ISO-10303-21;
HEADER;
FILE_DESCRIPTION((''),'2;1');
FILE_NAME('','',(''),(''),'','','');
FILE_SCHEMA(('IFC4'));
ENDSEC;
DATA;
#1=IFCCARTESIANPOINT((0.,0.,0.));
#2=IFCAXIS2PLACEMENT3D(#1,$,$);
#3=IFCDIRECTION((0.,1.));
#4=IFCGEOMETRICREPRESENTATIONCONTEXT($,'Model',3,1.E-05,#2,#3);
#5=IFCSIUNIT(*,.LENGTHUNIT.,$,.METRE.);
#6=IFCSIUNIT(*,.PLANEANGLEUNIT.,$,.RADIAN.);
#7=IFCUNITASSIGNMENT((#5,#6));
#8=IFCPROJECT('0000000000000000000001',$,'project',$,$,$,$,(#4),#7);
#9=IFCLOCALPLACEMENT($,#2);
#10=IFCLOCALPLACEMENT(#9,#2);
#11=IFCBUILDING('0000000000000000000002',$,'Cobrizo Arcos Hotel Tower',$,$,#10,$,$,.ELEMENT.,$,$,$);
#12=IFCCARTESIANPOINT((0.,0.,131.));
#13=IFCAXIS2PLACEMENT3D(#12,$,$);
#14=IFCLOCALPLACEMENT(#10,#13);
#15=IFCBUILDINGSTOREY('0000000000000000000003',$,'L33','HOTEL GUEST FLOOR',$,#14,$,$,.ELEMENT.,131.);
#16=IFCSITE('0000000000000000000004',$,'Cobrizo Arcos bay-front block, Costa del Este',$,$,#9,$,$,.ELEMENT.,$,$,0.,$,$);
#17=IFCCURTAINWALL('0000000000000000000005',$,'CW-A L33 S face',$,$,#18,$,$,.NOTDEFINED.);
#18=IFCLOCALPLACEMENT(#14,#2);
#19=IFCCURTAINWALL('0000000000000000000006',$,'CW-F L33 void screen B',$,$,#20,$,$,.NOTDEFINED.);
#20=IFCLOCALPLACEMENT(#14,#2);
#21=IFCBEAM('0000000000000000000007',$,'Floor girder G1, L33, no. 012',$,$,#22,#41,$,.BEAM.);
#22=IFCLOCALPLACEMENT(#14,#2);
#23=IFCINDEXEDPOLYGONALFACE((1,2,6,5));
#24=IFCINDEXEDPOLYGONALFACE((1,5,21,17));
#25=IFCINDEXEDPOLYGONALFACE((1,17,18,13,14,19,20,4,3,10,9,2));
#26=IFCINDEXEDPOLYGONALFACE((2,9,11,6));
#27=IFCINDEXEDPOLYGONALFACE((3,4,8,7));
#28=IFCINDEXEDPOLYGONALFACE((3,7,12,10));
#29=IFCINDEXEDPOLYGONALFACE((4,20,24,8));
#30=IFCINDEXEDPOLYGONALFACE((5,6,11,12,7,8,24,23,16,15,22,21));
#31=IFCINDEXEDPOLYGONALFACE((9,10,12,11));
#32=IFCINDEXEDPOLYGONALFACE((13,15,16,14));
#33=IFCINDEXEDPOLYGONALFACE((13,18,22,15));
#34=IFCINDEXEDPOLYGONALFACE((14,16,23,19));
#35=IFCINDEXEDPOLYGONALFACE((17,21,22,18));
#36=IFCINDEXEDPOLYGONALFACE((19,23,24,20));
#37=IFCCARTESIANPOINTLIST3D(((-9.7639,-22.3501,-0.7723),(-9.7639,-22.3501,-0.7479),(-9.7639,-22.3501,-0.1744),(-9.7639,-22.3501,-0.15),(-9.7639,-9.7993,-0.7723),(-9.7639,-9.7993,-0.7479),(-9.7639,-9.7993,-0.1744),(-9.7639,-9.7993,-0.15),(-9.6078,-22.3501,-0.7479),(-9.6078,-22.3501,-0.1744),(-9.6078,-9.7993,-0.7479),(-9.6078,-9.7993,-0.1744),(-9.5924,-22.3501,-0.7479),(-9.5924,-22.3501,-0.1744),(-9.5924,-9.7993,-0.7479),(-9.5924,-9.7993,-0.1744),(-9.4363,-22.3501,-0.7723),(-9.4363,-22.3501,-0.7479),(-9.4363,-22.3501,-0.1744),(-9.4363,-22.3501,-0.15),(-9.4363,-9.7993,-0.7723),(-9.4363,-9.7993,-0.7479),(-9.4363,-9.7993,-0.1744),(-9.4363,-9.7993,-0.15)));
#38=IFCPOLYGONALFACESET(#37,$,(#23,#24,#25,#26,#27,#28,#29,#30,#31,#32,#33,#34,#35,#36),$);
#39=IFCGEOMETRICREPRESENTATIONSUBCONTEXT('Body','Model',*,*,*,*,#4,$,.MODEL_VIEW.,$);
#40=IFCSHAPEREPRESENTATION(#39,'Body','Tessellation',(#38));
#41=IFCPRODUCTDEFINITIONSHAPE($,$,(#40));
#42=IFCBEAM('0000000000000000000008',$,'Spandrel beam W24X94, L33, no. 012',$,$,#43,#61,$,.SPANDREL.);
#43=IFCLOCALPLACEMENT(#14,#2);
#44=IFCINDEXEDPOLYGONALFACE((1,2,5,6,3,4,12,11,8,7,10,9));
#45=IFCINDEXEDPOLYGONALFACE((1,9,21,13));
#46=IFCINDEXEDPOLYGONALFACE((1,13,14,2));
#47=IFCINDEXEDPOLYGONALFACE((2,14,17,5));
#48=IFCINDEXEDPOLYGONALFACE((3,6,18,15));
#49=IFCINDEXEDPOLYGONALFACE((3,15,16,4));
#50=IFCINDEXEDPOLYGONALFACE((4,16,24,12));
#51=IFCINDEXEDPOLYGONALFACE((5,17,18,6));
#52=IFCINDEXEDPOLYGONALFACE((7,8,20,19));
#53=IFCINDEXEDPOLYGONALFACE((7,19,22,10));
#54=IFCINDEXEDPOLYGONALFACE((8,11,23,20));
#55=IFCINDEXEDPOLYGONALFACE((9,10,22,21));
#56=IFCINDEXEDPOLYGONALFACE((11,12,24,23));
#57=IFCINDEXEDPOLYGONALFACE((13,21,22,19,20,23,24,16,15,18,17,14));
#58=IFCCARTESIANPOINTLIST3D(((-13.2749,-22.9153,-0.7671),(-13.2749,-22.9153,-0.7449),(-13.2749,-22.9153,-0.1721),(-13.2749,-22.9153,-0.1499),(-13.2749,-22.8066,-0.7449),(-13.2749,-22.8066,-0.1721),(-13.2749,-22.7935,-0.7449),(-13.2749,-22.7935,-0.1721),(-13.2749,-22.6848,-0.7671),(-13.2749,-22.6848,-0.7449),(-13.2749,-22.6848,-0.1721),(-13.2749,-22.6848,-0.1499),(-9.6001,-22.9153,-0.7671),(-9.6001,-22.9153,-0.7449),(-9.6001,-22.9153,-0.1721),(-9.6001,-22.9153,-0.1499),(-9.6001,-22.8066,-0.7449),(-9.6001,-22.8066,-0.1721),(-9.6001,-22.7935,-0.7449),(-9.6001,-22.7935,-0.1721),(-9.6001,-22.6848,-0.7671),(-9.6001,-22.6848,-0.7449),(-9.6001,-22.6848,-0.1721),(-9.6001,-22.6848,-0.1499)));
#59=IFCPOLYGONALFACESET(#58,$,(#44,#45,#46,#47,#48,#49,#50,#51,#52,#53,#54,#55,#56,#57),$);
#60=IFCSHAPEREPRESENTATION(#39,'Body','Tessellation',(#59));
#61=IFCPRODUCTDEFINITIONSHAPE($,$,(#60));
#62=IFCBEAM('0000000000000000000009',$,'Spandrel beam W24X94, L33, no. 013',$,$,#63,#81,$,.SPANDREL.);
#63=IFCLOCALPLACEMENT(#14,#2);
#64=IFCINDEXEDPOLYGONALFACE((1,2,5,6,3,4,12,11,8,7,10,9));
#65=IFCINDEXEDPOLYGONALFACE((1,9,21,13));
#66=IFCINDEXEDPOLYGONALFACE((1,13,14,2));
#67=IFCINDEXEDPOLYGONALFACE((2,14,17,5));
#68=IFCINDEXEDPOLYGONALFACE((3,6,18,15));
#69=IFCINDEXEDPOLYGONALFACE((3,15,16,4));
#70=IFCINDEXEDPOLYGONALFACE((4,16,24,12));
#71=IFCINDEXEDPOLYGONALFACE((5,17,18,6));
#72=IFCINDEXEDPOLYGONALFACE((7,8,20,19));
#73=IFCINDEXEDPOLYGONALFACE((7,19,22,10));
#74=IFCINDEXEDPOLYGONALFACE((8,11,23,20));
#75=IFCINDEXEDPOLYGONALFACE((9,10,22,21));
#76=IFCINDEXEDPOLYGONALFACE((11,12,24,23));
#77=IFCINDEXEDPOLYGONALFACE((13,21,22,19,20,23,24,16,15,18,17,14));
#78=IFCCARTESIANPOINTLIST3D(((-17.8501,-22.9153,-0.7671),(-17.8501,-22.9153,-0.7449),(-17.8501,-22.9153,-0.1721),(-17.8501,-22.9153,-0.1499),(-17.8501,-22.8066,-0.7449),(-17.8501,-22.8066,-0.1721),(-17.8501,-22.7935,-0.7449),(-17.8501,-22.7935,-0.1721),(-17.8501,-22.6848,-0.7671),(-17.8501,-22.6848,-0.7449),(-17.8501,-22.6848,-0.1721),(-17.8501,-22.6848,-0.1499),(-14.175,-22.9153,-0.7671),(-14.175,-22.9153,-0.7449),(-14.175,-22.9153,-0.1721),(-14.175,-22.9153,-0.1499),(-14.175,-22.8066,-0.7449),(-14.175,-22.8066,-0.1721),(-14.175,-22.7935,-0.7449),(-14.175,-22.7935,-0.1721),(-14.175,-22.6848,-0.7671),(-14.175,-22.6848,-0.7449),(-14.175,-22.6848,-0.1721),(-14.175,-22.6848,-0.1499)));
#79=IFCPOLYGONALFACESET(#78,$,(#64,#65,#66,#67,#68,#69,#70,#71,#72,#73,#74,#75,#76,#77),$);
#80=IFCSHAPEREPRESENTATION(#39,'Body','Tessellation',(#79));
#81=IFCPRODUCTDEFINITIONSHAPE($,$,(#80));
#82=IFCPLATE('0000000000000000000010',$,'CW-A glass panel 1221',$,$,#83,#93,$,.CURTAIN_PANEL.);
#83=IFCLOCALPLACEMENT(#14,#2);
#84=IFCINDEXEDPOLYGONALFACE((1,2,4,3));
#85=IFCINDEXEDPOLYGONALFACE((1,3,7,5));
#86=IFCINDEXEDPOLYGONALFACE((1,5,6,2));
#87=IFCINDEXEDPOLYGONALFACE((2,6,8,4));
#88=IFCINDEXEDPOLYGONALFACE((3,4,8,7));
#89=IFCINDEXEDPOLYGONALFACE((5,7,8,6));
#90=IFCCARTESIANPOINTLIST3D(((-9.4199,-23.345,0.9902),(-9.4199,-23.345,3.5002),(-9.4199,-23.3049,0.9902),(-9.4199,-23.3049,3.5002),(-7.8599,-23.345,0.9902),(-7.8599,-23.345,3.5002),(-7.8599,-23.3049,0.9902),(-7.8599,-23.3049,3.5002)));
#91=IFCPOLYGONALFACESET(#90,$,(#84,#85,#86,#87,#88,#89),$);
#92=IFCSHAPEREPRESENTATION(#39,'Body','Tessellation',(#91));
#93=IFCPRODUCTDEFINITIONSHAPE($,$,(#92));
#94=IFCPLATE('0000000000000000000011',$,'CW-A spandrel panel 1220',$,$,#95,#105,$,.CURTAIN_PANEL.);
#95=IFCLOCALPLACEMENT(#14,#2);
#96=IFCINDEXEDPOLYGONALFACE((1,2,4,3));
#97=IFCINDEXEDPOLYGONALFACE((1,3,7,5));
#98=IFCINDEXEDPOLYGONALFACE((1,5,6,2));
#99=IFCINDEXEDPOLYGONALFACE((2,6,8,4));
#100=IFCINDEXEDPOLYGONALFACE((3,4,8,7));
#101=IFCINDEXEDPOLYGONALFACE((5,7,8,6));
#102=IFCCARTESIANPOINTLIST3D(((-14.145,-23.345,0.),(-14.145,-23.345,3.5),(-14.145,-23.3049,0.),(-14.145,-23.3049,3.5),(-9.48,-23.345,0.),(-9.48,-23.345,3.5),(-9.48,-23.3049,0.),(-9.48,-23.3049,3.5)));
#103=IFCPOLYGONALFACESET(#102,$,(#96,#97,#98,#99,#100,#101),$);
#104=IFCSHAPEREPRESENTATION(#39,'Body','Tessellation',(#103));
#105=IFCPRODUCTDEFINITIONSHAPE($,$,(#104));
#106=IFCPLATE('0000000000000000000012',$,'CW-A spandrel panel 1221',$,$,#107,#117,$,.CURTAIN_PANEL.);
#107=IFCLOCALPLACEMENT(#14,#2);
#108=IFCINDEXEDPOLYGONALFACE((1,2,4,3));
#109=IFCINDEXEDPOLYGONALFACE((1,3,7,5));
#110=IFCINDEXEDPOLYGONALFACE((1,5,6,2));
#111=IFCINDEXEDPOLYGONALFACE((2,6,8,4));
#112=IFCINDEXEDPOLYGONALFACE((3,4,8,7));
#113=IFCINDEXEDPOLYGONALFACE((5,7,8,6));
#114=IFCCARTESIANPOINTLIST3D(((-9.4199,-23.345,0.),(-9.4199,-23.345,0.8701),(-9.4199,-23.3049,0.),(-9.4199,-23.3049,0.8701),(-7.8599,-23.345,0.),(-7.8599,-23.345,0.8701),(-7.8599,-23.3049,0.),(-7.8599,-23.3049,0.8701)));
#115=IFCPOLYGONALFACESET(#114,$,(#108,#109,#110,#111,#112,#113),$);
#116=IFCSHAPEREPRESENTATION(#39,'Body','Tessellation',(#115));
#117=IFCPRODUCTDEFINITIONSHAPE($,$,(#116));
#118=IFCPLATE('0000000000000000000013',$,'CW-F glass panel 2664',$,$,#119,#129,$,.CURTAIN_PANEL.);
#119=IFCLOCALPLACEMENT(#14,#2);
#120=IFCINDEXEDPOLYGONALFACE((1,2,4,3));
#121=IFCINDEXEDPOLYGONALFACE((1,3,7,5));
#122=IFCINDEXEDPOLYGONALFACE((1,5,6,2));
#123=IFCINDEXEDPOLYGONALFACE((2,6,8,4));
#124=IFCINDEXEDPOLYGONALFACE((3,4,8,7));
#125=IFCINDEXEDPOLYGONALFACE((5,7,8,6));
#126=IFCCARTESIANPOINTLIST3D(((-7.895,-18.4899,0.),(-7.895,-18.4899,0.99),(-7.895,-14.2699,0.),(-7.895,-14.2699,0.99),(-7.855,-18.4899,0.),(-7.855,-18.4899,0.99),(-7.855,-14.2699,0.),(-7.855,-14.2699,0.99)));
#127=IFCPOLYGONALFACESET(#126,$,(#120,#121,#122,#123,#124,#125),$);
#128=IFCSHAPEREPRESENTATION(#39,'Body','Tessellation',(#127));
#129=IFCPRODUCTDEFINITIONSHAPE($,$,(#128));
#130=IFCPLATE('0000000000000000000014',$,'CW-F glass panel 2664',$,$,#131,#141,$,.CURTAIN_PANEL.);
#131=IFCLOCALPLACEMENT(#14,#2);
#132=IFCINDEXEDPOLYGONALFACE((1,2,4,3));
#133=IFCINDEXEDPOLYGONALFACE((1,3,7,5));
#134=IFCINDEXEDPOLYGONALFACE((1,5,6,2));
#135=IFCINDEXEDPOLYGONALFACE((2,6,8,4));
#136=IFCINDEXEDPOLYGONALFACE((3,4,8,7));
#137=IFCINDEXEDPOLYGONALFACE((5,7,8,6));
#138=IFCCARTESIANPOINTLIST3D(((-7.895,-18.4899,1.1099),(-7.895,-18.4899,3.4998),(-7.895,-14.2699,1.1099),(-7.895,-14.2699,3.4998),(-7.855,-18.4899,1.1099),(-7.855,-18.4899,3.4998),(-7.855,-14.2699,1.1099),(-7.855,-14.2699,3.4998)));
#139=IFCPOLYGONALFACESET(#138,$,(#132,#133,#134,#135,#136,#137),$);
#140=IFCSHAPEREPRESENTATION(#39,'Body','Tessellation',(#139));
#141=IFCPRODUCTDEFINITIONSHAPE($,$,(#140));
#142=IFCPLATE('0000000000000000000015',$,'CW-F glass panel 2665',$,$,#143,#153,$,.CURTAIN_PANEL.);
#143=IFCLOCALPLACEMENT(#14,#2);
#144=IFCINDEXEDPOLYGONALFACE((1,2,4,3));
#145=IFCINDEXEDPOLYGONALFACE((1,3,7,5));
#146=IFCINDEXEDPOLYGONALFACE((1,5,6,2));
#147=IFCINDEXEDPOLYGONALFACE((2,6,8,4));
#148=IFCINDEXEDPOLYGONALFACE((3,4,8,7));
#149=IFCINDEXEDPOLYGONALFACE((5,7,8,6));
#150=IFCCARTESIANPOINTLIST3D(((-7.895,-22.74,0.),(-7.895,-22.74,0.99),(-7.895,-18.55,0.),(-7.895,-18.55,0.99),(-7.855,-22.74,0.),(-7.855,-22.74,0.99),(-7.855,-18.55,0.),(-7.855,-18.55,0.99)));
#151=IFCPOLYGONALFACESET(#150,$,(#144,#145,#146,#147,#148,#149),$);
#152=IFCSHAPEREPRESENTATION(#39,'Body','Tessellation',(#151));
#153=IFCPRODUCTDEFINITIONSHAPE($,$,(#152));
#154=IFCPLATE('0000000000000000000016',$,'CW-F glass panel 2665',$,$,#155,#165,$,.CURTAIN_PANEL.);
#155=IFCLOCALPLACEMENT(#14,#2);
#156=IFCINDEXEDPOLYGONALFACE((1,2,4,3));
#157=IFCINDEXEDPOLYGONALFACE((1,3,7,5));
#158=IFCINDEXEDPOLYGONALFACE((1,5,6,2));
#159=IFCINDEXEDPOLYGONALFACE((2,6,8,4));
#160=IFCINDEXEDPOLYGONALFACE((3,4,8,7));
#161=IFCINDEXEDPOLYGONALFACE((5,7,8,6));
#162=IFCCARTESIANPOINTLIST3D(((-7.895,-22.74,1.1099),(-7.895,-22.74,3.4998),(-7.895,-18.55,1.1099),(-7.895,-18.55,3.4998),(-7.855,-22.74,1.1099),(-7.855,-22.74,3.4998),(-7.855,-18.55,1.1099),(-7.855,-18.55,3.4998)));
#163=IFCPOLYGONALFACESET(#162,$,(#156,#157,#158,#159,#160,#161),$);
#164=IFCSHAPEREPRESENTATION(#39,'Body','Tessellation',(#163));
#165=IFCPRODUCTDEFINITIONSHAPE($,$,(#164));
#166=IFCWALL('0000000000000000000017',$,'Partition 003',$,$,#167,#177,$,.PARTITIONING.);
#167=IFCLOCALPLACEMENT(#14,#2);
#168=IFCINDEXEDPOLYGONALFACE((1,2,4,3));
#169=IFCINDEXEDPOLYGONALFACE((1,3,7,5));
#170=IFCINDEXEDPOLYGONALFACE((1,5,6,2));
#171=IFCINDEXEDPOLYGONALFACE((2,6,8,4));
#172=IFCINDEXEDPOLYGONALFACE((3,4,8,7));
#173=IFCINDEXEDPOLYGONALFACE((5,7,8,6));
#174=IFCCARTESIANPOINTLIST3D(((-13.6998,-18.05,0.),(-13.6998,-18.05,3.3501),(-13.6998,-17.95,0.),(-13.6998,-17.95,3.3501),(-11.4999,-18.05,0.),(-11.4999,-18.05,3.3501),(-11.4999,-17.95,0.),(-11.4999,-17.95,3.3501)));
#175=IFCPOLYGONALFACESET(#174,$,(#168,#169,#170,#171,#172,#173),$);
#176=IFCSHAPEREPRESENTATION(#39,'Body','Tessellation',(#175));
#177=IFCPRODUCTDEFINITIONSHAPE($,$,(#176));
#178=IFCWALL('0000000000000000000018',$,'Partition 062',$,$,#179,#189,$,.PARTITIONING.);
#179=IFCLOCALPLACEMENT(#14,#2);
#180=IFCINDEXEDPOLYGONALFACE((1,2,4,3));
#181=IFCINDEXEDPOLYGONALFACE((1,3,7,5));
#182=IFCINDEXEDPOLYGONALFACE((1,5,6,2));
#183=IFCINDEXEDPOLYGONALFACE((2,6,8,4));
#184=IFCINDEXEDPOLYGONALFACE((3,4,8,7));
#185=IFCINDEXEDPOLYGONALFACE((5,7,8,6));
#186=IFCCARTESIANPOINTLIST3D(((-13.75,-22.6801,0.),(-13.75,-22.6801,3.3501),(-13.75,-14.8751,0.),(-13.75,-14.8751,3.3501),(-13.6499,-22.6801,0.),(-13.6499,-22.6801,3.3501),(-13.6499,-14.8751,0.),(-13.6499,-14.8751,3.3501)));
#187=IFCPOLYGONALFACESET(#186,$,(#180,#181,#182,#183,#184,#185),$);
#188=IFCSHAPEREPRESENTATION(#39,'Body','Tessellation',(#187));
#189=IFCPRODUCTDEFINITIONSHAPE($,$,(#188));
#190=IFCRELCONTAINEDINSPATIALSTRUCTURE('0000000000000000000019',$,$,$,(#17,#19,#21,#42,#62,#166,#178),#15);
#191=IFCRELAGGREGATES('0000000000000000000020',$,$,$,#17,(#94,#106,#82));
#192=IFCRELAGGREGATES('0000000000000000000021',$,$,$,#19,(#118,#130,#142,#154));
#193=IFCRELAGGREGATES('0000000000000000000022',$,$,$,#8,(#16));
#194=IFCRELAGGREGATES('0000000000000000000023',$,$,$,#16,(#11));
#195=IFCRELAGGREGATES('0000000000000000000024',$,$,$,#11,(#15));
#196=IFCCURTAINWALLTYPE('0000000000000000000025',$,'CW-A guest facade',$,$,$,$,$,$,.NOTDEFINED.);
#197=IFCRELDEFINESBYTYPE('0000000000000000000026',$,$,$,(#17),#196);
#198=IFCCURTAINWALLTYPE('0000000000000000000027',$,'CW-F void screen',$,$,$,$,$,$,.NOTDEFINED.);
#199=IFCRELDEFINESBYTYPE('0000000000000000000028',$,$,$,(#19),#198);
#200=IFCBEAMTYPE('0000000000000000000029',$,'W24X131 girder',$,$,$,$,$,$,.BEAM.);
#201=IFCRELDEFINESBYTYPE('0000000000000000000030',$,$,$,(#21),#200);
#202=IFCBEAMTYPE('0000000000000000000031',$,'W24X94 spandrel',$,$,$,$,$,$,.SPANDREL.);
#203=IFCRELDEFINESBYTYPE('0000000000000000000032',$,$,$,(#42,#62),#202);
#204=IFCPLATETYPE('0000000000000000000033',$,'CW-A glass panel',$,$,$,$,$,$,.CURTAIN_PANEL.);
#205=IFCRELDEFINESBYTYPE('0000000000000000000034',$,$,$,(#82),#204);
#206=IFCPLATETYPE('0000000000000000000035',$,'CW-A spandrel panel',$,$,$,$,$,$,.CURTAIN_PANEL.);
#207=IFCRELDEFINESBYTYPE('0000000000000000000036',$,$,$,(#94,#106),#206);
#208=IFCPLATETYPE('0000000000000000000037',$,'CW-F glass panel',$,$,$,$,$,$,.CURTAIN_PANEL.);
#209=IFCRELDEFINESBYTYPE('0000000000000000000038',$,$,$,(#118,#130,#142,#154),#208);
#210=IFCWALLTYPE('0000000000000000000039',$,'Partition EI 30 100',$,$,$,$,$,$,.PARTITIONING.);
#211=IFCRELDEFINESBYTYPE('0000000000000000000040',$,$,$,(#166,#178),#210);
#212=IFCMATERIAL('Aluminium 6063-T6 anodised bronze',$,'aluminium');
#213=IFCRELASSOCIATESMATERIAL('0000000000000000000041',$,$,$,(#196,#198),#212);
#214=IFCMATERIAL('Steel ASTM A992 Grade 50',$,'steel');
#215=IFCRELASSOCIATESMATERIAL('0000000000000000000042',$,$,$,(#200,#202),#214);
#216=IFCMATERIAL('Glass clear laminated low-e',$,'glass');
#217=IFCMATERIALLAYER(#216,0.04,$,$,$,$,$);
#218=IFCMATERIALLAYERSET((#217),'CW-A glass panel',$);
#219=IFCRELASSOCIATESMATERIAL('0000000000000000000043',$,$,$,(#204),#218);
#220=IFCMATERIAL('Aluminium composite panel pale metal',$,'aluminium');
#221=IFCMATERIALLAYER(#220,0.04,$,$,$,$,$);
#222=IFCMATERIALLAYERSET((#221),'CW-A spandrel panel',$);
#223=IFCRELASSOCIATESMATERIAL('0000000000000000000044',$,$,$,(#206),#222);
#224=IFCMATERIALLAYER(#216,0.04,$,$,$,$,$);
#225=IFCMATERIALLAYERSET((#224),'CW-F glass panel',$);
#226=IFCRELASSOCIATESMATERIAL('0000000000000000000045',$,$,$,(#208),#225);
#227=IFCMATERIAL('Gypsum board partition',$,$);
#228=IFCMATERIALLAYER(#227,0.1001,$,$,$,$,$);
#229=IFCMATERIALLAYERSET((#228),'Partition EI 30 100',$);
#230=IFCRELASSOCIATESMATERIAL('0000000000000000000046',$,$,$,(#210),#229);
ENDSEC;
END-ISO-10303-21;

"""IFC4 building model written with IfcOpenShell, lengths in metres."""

from ifc_helpers import new_model, si_unit, direction, frame, frame_2d, origin, origin_2d, place, context, subcontext, project, spatial, rectangle, i_section, extrude, material, layer, layer_set, material_profile, profile_set, type_object, element, aggregate, save


model = new_model("IFC4")

# Units and contexts
model_context = context("Model", 3, precision=1e-05, world=origin(), true_north=direction((0.0, 1.0)))
body_context = subcontext(model_context, "Body", "Model", "MODEL_VIEW")
ifc_project = project(units=[si_unit("LENGTHUNIT", "METRE"), si_unit("PLANEANGLEUNIT", "RADIAN")], contexts=[model_context])

# Site, building, storey
site_placement = place(None, origin())
site = spatial("IfcSite", under=ifc_project, at=site_placement, Name="Cobrizo Arcos bay-front block, Costa del Este", CompositionType="ELEMENT", RefElevation=0.0)
building_placement = place(site_placement, origin())
building = spatial("IfcBuilding", under=site, at=building_placement, Name="Cobrizo Arcos Hotel Tower", CompositionType="ELEMENT")
storey_placement = place(building_placement, frame((0.0, 0.0, 131.0)))
storey = spatial("IfcBuildingStorey", under=building, at=storey_placement, Name="L33", Description="HOTEL GUEST FLOOR", CompositionType="ELEMENT", Elevation=131.0)

# Curtain walls
ifc_material_1 = material(Name="Aluminium 6063-T6 anodised bronze", Category="aluminium")
curtain_wall_type_1 = type_object("IfcCurtainWallType", Name="CW-A guest facade", PredefinedType="NOTDEFINED", material=ifc_material_1)
curtain_wall_1_placement = place(storey_placement, origin())
curtain_wall_1 = element("IfcCurtainWall", 1, at=curtain_wall_1_placement, inside=storey, type_object=curtain_wall_type_1, Name="CW-A L33 S face", PredefinedType="NOTDEFINED")
curtain_wall_type_2 = type_object("IfcCurtainWallType", Name="CW-F void screen", PredefinedType="NOTDEFINED", material=ifc_material_1)
curtain_wall_2_placement = place(storey_placement, origin())
curtain_wall_2 = element("IfcCurtainWall", 2, at=curtain_wall_2_placement, inside=storey, type_object=curtain_wall_type_2, Name="CW-F L33 void screen B", PredefinedType="NOTDEFINED")

# Beams
ifc_material_2 = material(Name="Steel ASTM A992 Grade 50", Category="steel")
ifc_material_profile_1 = material_profile(ifc_material_2, i_section(OverallWidth=0.3276, OverallDepth=0.6223, WebThickness=0.0154, FlangeThickness=0.0244, at=origin_2d()), Name="W24X131")
ifc_profile_set_1 = profile_set([ifc_material_profile_1], Name="Steel ASTM A992 Grade 50")
beam_type_1 = type_object("IfcBeamType", Name="W24X131 girder", PredefinedType="BEAM", material=ifc_profile_set_1)
beam_1_placement = place(storey_placement, frame((-9.6001, -22.3501, -0.4612), z_axis=(0.0, 1.0, 0.0), x_axis=(-1.0, 0.0, 0.0)))
element("IfcBeam", 3, at=beam_1_placement, inside=storey, type_object=beam_type_1, Name="Floor girder G1, L33, no. 012", PredefinedType="BEAM", context=body_context, shape_type="SweptSolid", body=[
    extrude(i_section(OverallWidth=0.3276, OverallDepth=0.6223, WebThickness=0.0154, FlangeThickness=0.0244, at=origin_2d()), origin(), (0.0, 0.0, 1.0), 12.5508),
])
ifc_material_profile_2 = material_profile(ifc_material_2, i_section(OverallWidth=0.2305, OverallDepth=0.6172, WebThickness=0.0132, FlangeThickness=0.0222, at=origin_2d()), Name="W24X94")
ifc_profile_set_2 = profile_set([ifc_material_profile_2], Name="Steel ASTM A992 Grade 50")
beam_type_2 = type_object("IfcBeamType", Name="W24X94 spandrel", PredefinedType="SPANDREL", material=ifc_profile_set_2)
beam_2_placement = place(storey_placement, frame((-9.6001, -22.8, -0.4585), z_axis=(-1.0, 0.0, 0.0), x_axis=(0.0, -1.0, 0.0)))
element("IfcBeam", 4, at=beam_2_placement, inside=storey, type_object=beam_type_2, Name="Spandrel beam W24X94, L33, no. 012", PredefinedType="SPANDREL", context=body_context, shape_type="SweptSolid", body=[
    extrude(i_section(OverallWidth=0.2305, OverallDepth=0.6172, WebThickness=0.0132, FlangeThickness=0.0222, at=origin_2d()), origin(), (0.0, 0.0, 1.0), 3.6748),
])
beam_3_placement = place(storey_placement, frame((-14.175, -22.8, -0.4585), z_axis=(-1.0, 0.0, 0.0), x_axis=(0.0, -1.0, 0.0)))
element("IfcBeam", 5, at=beam_3_placement, inside=storey, type_object=beam_type_2, Name="Spandrel beam W24X94, L33, no. 013", PredefinedType="SPANDREL", context=body_context, shape_type="SweptSolid", body=[
    extrude(i_section(OverallWidth=0.2305, OverallDepth=0.6172, WebThickness=0.0132, FlangeThickness=0.0222, at=origin_2d()), origin(), (0.0, 0.0, 1.0), 3.675),
])

# Plates
ifc_material_3 = material(Name="Glass clear laminated low-e", Category="glass")
ifc_layer_1 = layer(ifc_material_3, 0.04)
ifc_layer_set_1 = layer_set([ifc_layer_1], Name="CW-A glass panel")
plate_type_1 = type_object("IfcPlateType", Name="CW-A glass panel", PredefinedType="CURTAIN_PANEL", material=ifc_layer_set_1)
plate_1_placement = place(storey_placement, frame((-8.6399, -23.325, 0.9902), z_axis=(0.0, 0.0, 1.0), x_axis=(1.0, 0.0, 0.0)))
plate_1 = element("IfcPlate", 6, at=plate_1_placement, type_object=plate_type_1, Name="CW-A glass panel 1221", PredefinedType="CURTAIN_PANEL", context=body_context, shape_type="SweptSolid", body=[
    extrude(rectangle(XDim=1.5601, YDim=0.04, at=origin_2d()), origin(), (0.0, 0.0, 1.0), 2.51),
])
ifc_material_4 = material(Name="Aluminium composite panel pale metal", Category="aluminium")
ifc_layer_2 = layer(ifc_material_4, 0.04)
ifc_layer_set_2 = layer_set([ifc_layer_2], Name="CW-A spandrel panel")
plate_type_2 = type_object("IfcPlateType", Name="CW-A spandrel panel", PredefinedType="CURTAIN_PANEL", material=ifc_layer_set_2)
plate_2_placement = place(storey_placement, frame((-11.8125, -23.325, 0.0), z_axis=(0.0, 0.0, 1.0), x_axis=(1.0, 0.0, 0.0)))
plate_2 = element("IfcPlate", 7, at=plate_2_placement, type_object=plate_type_2, Name="CW-A spandrel panel 1220", PredefinedType="CURTAIN_PANEL", context=body_context, shape_type="SweptSolid", body=[
    extrude(rectangle(XDim=4.665, YDim=0.04, at=origin_2d()), origin(), (0.0, 0.0, 1.0), 3.5),
])
plate_3_placement = place(storey_placement, frame((-8.6399, -23.325, 0.0), z_axis=(0.0, 0.0, 1.0), x_axis=(1.0, 0.0, 0.0)))
plate_3 = element("IfcPlate", 8, at=plate_3_placement, type_object=plate_type_2, Name="CW-A spandrel panel 1221", PredefinedType="CURTAIN_PANEL", context=body_context, shape_type="SweptSolid", body=[
    extrude(rectangle(XDim=1.5601, YDim=0.04, at=origin_2d()), origin(), (0.0, 0.0, 1.0), 0.8701),
])
aggregate(curtain_wall_1, [plate_2, plate_3, plate_1])
ifc_layer_3 = layer(ifc_material_3, 0.04)
ifc_layer_set_3 = layer_set([ifc_layer_3], Name="CW-F glass panel")
plate_type_3 = type_object("IfcPlateType", Name="CW-F glass panel", PredefinedType="CURTAIN_PANEL", material=ifc_layer_set_3)
plate_4_placement = place(storey_placement, frame((-7.875, -16.3799, 0.0), z_axis=(0.0, 0.0, 1.0), x_axis=(0.0, -1.0, 0.0)))
plate_4 = element("IfcPlate", 9, at=plate_4_placement, type_object=plate_type_3, Name="CW-F glass panel 2664", PredefinedType="CURTAIN_PANEL", context=body_context, shape_type="SweptSolid", body=[
    extrude(rectangle(XDim=4.22, YDim=0.04, at=origin_2d()), origin(), (0.0, 0.0, 1.0), 0.99),
])
plate_5_placement = place(storey_placement, frame((-7.875, -16.3799, 1.1099), z_axis=(0.0, 0.0, 1.0), x_axis=(0.0, -1.0, 0.0)))
plate_5 = element("IfcPlate", 10, at=plate_5_placement, type_object=plate_type_3, Name="CW-F glass panel 2664", PredefinedType="CURTAIN_PANEL", context=body_context, shape_type="SweptSolid", body=[
    extrude(rectangle(XDim=4.22, YDim=0.04, at=origin_2d()), origin(), (0.0, 0.0, 1.0), 2.3899),
])
plate_6_placement = place(storey_placement, frame((-7.875, -20.645, 0.0), z_axis=(0.0, 0.0, 1.0), x_axis=(0.0, -1.0, 0.0)))
plate_6 = element("IfcPlate", 11, at=plate_6_placement, type_object=plate_type_3, Name="CW-F glass panel 2665", PredefinedType="CURTAIN_PANEL", context=body_context, shape_type="SweptSolid", body=[
    extrude(rectangle(XDim=4.1899, YDim=0.04, at=origin_2d()), origin(), (0.0, 0.0, 1.0), 0.99),
])
plate_7_placement = place(storey_placement, frame((-7.875, -20.645, 1.1099), z_axis=(0.0, 0.0, 1.0), x_axis=(0.0, -1.0, 0.0)))
plate_7 = element("IfcPlate", 12, at=plate_7_placement, type_object=plate_type_3, Name="CW-F glass panel 2665", PredefinedType="CURTAIN_PANEL", context=body_context, shape_type="SweptSolid", body=[
    extrude(rectangle(XDim=4.1899, YDim=0.04, at=origin_2d()), origin(), (0.0, 0.0, 1.0), 2.3899),
])
aggregate(curtain_wall_2, [plate_4, plate_5, plate_6, plate_7])

# Walls
ifc_material_5 = material(Name="Gypsum board partition")
ifc_layer_4 = layer(ifc_material_5, 0.1001)
ifc_layer_set_4 = layer_set([ifc_layer_4], Name="Partition EI 30 100")
wall_type = type_object("IfcWallType", Name="Partition EI 30 100", PredefinedType="PARTITIONING", material=ifc_layer_set_4)
wall_1_placement = place(storey_placement, frame((-13.7, -18.0, 0.0), z_axis=(0.0, 0.0, 1.0), x_axis=(1.0, 0.0, 0.0)))
element("IfcWall", 13, at=wall_1_placement, inside=storey, type_object=wall_type, Name="Partition 003", PredefinedType="PARTITIONING", context=body_context, shape_type="SweptSolid", body=[
    extrude(rectangle(XDim=2.2, YDim=0.1001, at=frame_2d((1.1001, 0.0))), origin(), (0.0, 0.0, 1.0), 3.3501),
])
wall_2_placement = place(storey_placement, frame((-13.7, -22.6799, 0.0), z_axis=(0.0, 0.0, 1.0), x_axis=(0.0, 1.0, 0.0)))
element("IfcWall", 14, at=wall_2_placement, inside=storey, type_object=wall_type, Name="Partition 062", PredefinedType="PARTITIONING", context=body_context, shape_type="SweptSolid", body=[
    extrude(rectangle(XDim=7.8049, YDim=0.1001, at=frame_2d((3.9023, 0.0))), origin(), (0.0, 0.0, 1.0), 3.3501),
])

save(model, "model.ifc")
